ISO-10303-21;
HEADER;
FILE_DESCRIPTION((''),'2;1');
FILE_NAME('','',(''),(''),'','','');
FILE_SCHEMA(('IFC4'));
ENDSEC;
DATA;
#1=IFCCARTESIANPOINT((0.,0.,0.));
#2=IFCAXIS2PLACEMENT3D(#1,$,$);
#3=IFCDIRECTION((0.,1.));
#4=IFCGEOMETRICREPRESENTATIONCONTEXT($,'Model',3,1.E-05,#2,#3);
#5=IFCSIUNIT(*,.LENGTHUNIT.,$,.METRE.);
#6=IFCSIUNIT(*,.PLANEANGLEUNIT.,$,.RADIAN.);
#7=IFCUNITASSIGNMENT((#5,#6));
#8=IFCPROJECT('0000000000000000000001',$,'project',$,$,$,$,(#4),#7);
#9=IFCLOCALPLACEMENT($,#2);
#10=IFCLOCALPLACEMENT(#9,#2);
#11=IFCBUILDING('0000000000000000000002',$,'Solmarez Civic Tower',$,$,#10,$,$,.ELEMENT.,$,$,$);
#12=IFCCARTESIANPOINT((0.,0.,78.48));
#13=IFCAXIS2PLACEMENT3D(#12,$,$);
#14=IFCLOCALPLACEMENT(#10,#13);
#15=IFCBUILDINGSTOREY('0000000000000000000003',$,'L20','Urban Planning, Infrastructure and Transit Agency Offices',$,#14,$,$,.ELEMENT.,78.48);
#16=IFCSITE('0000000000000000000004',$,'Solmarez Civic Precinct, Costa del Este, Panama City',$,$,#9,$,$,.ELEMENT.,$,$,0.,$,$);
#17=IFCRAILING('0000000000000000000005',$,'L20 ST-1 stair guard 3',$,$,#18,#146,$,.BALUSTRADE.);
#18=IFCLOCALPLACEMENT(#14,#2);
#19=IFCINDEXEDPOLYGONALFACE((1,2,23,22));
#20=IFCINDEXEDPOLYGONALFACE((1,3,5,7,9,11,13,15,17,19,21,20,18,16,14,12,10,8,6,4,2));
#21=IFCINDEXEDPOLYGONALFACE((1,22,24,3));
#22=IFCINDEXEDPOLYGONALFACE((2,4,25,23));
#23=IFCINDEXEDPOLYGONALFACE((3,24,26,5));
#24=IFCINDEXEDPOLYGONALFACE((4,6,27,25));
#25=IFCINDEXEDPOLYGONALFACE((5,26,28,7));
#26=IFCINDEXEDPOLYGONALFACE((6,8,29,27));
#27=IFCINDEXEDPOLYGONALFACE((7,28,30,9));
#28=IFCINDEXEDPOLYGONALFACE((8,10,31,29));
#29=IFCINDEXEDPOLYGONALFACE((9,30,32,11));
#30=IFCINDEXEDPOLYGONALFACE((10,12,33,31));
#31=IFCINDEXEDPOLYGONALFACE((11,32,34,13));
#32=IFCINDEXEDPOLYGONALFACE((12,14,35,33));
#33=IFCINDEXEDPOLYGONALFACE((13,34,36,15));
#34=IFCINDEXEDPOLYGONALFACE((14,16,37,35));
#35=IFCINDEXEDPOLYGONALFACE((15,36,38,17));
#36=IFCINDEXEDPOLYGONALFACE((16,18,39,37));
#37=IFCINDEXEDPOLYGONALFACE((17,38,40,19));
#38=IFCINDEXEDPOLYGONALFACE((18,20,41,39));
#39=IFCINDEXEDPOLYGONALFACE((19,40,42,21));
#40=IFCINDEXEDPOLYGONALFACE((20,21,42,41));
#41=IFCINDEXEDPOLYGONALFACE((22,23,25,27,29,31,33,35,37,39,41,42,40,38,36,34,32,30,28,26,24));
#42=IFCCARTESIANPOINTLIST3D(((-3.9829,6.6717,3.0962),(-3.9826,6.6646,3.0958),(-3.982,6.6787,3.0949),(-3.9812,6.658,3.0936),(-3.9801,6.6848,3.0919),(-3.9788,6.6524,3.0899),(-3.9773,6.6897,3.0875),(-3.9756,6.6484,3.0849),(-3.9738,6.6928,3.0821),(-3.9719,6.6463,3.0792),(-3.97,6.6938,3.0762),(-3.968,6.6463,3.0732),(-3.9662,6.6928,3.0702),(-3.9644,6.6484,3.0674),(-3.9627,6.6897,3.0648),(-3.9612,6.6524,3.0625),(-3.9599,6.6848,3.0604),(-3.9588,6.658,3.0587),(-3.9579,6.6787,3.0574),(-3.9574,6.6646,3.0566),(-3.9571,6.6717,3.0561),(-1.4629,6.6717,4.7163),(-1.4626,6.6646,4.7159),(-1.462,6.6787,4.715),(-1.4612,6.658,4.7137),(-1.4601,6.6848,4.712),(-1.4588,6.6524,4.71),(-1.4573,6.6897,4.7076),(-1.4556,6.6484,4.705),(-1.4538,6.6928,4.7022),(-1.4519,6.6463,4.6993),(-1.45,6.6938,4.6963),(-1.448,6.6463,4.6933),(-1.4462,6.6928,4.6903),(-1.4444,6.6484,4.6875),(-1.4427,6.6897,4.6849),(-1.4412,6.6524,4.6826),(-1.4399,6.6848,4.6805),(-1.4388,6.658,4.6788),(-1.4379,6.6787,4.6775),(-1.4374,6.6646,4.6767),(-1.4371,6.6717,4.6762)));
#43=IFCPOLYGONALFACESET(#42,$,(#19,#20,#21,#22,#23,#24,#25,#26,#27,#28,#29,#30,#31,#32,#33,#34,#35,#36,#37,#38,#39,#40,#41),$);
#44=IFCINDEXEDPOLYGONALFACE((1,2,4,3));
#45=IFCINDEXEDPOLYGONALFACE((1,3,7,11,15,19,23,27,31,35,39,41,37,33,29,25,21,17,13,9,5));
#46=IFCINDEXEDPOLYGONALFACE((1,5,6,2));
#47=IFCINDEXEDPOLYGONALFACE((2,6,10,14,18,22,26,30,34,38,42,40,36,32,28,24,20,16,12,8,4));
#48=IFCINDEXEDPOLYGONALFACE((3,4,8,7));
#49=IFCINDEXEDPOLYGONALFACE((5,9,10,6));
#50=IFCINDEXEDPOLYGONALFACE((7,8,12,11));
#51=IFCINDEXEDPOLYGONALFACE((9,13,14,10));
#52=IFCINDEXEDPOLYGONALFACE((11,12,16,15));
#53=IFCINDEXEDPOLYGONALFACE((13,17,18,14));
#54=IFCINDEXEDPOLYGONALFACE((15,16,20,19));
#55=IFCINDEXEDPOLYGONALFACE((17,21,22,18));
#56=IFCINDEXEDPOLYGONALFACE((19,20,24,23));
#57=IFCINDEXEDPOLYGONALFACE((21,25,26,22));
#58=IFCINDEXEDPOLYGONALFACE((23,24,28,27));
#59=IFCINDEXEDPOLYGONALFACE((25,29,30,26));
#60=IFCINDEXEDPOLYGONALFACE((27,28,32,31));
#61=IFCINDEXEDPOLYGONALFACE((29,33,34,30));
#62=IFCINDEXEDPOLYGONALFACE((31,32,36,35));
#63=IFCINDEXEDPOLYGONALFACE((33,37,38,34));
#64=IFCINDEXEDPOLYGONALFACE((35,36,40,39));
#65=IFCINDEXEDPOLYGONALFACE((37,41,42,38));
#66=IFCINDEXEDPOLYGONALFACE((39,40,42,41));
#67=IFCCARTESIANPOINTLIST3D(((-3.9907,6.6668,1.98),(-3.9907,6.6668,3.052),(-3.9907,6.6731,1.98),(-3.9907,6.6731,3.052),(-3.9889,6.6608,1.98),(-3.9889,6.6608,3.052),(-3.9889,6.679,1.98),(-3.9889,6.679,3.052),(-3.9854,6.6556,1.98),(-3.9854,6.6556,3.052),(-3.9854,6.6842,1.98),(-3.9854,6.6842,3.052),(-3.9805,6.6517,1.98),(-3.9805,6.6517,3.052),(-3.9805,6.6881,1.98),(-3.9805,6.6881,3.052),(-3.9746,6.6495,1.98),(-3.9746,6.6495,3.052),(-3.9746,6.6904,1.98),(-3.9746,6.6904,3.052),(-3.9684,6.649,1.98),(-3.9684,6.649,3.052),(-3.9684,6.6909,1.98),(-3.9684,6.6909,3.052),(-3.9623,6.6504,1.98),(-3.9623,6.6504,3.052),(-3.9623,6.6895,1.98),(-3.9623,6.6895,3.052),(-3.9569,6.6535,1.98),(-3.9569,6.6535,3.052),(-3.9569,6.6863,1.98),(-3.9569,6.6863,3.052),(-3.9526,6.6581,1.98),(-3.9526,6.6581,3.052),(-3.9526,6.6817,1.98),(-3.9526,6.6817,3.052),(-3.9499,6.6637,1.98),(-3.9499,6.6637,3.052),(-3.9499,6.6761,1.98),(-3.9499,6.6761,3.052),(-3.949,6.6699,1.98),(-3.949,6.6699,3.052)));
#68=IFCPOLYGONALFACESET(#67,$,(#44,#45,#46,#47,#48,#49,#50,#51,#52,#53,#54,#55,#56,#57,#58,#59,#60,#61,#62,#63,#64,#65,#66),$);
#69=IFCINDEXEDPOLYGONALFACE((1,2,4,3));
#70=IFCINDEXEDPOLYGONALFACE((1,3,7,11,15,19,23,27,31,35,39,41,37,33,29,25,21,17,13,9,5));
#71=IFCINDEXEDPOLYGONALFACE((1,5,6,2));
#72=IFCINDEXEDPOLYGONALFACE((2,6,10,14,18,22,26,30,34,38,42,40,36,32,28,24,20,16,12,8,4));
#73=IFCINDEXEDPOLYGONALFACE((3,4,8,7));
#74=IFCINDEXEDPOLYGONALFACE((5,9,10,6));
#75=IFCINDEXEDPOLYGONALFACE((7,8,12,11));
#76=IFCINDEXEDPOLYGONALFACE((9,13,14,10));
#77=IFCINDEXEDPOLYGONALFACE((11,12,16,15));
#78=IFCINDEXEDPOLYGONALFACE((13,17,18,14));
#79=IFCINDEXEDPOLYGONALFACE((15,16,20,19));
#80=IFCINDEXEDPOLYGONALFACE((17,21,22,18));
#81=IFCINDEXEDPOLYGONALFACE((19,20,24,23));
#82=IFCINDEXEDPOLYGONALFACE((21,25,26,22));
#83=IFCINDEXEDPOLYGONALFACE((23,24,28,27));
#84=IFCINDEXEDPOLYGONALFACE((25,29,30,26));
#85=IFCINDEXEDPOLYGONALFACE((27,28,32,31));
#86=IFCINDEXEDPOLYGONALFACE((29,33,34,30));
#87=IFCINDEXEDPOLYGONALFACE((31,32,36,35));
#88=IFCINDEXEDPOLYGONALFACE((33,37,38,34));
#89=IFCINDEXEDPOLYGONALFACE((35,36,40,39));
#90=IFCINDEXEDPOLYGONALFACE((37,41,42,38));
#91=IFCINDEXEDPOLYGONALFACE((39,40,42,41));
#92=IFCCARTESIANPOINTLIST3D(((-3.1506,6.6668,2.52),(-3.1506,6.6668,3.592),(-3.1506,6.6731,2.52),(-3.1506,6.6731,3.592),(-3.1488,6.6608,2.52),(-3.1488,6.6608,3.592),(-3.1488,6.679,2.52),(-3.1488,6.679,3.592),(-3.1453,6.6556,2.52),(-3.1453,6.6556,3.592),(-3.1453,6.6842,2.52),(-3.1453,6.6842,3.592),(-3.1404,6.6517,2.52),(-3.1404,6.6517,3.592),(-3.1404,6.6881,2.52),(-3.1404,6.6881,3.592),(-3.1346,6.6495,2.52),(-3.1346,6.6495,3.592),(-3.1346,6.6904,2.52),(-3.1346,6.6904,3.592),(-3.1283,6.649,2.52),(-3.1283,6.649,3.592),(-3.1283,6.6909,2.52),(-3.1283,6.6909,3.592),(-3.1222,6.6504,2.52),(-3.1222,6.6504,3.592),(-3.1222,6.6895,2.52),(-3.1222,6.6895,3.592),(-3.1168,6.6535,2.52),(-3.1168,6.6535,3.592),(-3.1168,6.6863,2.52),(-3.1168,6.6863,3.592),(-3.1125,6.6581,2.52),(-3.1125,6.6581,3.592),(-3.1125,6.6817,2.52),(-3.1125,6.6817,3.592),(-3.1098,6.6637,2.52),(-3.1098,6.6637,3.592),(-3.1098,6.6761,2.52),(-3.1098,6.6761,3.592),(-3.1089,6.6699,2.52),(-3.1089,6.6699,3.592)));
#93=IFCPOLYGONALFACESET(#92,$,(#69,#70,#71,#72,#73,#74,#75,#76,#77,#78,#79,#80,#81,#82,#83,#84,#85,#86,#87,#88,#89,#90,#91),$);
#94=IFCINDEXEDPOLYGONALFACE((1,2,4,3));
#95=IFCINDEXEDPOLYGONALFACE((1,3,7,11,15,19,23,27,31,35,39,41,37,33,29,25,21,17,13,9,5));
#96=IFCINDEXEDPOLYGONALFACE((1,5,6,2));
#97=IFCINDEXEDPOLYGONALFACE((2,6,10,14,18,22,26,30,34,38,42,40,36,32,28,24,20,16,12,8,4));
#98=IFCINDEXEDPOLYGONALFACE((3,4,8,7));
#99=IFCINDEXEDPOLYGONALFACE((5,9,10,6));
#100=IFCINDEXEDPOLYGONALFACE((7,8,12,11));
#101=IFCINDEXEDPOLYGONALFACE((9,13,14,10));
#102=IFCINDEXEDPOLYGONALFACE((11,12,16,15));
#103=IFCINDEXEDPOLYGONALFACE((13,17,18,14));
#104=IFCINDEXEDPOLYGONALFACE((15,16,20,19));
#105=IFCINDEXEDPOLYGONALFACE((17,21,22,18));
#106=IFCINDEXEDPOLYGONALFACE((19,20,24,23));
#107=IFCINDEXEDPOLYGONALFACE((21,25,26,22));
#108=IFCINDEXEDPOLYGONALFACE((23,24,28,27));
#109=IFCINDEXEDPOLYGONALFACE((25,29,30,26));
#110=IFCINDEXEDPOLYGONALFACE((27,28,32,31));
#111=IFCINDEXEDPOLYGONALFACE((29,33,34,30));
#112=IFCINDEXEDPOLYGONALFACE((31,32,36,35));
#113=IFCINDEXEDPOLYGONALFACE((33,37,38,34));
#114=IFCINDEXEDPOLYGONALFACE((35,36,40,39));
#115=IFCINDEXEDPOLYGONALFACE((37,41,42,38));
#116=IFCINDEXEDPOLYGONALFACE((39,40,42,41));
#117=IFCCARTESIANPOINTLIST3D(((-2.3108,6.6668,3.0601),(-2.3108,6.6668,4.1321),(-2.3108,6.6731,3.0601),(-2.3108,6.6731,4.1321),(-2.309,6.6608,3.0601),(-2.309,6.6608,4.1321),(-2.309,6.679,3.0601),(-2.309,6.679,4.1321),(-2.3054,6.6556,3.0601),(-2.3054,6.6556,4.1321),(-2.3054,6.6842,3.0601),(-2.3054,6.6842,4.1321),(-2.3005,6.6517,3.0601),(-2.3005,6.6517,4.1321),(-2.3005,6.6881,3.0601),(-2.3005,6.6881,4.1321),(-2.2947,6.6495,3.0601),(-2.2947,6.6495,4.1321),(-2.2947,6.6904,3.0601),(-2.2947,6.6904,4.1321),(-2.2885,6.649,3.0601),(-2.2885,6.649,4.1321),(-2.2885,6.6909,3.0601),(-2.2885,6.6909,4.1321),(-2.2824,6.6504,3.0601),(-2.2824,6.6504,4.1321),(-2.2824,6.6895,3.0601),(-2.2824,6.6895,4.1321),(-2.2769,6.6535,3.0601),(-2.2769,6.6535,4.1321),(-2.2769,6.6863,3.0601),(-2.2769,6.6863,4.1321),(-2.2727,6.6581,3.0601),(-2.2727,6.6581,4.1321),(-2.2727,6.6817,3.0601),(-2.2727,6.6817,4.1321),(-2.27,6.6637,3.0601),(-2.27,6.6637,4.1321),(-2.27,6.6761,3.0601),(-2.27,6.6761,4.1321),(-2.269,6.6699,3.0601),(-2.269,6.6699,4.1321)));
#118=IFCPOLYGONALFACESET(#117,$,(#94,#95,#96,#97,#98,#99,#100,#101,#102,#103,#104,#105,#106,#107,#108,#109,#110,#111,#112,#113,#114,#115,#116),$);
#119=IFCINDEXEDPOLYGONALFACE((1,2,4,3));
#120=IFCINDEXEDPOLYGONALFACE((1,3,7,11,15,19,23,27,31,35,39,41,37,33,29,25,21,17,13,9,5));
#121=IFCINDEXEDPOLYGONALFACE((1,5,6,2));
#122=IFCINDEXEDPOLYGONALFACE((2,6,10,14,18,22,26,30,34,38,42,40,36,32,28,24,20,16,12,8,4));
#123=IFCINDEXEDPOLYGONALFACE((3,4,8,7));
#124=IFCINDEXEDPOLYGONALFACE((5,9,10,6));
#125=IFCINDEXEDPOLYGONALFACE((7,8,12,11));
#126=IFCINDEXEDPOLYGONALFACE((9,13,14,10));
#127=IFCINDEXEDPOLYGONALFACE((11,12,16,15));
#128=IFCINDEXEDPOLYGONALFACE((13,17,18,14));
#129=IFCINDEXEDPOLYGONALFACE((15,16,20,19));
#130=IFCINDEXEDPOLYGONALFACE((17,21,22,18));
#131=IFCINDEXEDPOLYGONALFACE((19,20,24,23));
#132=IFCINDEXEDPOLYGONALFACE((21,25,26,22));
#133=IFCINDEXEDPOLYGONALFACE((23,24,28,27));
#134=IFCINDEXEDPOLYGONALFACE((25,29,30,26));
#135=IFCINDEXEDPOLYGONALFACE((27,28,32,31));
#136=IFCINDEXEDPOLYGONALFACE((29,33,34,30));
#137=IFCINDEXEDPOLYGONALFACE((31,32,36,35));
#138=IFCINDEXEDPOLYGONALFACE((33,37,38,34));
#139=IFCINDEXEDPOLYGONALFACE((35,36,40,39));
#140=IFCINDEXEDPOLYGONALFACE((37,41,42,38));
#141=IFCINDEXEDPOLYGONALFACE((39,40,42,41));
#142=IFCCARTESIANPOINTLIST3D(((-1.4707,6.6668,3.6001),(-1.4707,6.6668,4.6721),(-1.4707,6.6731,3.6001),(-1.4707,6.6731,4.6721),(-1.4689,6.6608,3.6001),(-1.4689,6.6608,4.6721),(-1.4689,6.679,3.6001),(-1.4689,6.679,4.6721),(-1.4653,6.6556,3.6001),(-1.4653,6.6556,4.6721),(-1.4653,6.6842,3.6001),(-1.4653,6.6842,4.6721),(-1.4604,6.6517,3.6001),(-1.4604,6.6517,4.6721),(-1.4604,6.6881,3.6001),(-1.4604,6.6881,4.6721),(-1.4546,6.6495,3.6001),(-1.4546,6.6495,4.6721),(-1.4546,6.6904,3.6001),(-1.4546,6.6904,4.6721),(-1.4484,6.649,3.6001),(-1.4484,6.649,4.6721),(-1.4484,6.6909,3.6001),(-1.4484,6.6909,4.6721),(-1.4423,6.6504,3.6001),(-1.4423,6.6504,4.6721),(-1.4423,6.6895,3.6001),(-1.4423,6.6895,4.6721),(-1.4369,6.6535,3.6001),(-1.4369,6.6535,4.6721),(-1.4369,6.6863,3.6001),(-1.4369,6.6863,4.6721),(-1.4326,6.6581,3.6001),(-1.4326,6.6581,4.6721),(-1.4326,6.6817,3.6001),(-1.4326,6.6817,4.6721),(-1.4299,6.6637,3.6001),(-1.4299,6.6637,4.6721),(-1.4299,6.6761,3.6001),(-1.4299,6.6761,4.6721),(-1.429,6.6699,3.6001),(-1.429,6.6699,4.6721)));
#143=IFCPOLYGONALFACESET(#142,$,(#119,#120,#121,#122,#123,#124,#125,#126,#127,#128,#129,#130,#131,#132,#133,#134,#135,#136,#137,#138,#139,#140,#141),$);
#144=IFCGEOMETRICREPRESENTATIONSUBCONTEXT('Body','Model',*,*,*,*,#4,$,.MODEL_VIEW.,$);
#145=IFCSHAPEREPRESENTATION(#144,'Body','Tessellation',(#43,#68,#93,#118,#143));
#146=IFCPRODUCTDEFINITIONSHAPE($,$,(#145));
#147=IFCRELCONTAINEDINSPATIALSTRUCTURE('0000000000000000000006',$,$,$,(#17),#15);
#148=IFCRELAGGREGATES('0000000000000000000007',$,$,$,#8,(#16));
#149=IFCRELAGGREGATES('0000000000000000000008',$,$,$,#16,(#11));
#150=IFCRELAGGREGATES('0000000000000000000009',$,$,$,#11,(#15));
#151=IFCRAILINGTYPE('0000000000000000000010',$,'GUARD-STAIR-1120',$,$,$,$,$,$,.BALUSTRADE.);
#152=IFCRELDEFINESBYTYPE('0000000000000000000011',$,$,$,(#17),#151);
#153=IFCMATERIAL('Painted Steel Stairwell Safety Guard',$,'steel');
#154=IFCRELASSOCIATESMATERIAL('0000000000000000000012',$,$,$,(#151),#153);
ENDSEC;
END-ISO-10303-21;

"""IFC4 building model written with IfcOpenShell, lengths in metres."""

from ifc_helpers import new_model, si_unit, direction, frame, origin, origin_2d, place, context, subcontext, project, spatial, circle, extrude, material, type_object, element, save


model = new_model("IFC4")

# Units and contexts
model_context = context("Model", 3, precision=1e-05, world=origin(), true_north=direction((0.0, 1.0)))
body_context = subcontext(model_context, "Body", "Model", "MODEL_VIEW")
ifc_project = project(units=[si_unit("LENGTHUNIT", "METRE"), si_unit("PLANEANGLEUNIT", "RADIAN")], contexts=[model_context])

# Site, building, storey
site_placement = place(None, origin())
site = spatial("IfcSite", under=ifc_project, at=site_placement, Name="Solmarez Civic Precinct, Costa del Este, Panama City", CompositionType="ELEMENT", RefElevation=0.0)
building_placement = place(site_placement, origin())
building = spatial("IfcBuilding", under=site, at=building_placement, Name="Solmarez Civic Tower", CompositionType="ELEMENT")
storey_placement = place(building_placement, frame((0.0, 0.0, 78.48)))
storey = spatial("IfcBuildingStorey", under=building, at=storey_placement, Name="L20", Description="Urban Planning, Infrastructure and Transit Agency Offices", CompositionType="ELEMENT", Elevation=78.48)

# Railing
ifc_material_1 = material(Name="Painted Steel Stairwell Safety Guard", Category="steel")
railing_type_1 = type_object("IfcRailingType", Name="GUARD-STAIR-1120", PredefinedType="BALUSTRADE", material=ifc_material_1)
railing_1_placement = place(storey_placement, frame((-3.97, 6.6699, 1.98)))
element("IfcRailing", 1, at=railing_1_placement, inside=storey, type_object=railing_type_1, Name="L20 ST-1 stair guard 3", PredefinedType="BALUSTRADE", context=body_context, shape_type="SweptSolid", body=[
    extrude(circle(Radius=0.0239, at=origin_2d()), frame((0.0, 0.0, 1.0962), z_axis=(0.841163, 0.0, 0.540782), x_axis=(0.0, 1.0, 0.0)), (0.0, 0.0, 1.0), 2.9958),
    extrude(circle(Radius=0.021, at=origin_2d()), origin(), (0.0, 0.0, 1.0), 1.072),
    extrude(circle(Radius=0.021, at=origin_2d()), frame((0.8401, 0.0, 0.54)), (0.0, 0.0, 1.0), 1.072),
    extrude(circle(Radius=0.021, at=origin_2d()), frame((1.6799, 0.0, 1.0801)), (0.0, 0.0, 1.0), 1.072),
    extrude(circle(Radius=0.021, at=origin_2d()), frame((2.52, 0.0, 1.6201)), (0.0, 0.0, 1.0), 1.072),
])

save(model, "model.ifc")
